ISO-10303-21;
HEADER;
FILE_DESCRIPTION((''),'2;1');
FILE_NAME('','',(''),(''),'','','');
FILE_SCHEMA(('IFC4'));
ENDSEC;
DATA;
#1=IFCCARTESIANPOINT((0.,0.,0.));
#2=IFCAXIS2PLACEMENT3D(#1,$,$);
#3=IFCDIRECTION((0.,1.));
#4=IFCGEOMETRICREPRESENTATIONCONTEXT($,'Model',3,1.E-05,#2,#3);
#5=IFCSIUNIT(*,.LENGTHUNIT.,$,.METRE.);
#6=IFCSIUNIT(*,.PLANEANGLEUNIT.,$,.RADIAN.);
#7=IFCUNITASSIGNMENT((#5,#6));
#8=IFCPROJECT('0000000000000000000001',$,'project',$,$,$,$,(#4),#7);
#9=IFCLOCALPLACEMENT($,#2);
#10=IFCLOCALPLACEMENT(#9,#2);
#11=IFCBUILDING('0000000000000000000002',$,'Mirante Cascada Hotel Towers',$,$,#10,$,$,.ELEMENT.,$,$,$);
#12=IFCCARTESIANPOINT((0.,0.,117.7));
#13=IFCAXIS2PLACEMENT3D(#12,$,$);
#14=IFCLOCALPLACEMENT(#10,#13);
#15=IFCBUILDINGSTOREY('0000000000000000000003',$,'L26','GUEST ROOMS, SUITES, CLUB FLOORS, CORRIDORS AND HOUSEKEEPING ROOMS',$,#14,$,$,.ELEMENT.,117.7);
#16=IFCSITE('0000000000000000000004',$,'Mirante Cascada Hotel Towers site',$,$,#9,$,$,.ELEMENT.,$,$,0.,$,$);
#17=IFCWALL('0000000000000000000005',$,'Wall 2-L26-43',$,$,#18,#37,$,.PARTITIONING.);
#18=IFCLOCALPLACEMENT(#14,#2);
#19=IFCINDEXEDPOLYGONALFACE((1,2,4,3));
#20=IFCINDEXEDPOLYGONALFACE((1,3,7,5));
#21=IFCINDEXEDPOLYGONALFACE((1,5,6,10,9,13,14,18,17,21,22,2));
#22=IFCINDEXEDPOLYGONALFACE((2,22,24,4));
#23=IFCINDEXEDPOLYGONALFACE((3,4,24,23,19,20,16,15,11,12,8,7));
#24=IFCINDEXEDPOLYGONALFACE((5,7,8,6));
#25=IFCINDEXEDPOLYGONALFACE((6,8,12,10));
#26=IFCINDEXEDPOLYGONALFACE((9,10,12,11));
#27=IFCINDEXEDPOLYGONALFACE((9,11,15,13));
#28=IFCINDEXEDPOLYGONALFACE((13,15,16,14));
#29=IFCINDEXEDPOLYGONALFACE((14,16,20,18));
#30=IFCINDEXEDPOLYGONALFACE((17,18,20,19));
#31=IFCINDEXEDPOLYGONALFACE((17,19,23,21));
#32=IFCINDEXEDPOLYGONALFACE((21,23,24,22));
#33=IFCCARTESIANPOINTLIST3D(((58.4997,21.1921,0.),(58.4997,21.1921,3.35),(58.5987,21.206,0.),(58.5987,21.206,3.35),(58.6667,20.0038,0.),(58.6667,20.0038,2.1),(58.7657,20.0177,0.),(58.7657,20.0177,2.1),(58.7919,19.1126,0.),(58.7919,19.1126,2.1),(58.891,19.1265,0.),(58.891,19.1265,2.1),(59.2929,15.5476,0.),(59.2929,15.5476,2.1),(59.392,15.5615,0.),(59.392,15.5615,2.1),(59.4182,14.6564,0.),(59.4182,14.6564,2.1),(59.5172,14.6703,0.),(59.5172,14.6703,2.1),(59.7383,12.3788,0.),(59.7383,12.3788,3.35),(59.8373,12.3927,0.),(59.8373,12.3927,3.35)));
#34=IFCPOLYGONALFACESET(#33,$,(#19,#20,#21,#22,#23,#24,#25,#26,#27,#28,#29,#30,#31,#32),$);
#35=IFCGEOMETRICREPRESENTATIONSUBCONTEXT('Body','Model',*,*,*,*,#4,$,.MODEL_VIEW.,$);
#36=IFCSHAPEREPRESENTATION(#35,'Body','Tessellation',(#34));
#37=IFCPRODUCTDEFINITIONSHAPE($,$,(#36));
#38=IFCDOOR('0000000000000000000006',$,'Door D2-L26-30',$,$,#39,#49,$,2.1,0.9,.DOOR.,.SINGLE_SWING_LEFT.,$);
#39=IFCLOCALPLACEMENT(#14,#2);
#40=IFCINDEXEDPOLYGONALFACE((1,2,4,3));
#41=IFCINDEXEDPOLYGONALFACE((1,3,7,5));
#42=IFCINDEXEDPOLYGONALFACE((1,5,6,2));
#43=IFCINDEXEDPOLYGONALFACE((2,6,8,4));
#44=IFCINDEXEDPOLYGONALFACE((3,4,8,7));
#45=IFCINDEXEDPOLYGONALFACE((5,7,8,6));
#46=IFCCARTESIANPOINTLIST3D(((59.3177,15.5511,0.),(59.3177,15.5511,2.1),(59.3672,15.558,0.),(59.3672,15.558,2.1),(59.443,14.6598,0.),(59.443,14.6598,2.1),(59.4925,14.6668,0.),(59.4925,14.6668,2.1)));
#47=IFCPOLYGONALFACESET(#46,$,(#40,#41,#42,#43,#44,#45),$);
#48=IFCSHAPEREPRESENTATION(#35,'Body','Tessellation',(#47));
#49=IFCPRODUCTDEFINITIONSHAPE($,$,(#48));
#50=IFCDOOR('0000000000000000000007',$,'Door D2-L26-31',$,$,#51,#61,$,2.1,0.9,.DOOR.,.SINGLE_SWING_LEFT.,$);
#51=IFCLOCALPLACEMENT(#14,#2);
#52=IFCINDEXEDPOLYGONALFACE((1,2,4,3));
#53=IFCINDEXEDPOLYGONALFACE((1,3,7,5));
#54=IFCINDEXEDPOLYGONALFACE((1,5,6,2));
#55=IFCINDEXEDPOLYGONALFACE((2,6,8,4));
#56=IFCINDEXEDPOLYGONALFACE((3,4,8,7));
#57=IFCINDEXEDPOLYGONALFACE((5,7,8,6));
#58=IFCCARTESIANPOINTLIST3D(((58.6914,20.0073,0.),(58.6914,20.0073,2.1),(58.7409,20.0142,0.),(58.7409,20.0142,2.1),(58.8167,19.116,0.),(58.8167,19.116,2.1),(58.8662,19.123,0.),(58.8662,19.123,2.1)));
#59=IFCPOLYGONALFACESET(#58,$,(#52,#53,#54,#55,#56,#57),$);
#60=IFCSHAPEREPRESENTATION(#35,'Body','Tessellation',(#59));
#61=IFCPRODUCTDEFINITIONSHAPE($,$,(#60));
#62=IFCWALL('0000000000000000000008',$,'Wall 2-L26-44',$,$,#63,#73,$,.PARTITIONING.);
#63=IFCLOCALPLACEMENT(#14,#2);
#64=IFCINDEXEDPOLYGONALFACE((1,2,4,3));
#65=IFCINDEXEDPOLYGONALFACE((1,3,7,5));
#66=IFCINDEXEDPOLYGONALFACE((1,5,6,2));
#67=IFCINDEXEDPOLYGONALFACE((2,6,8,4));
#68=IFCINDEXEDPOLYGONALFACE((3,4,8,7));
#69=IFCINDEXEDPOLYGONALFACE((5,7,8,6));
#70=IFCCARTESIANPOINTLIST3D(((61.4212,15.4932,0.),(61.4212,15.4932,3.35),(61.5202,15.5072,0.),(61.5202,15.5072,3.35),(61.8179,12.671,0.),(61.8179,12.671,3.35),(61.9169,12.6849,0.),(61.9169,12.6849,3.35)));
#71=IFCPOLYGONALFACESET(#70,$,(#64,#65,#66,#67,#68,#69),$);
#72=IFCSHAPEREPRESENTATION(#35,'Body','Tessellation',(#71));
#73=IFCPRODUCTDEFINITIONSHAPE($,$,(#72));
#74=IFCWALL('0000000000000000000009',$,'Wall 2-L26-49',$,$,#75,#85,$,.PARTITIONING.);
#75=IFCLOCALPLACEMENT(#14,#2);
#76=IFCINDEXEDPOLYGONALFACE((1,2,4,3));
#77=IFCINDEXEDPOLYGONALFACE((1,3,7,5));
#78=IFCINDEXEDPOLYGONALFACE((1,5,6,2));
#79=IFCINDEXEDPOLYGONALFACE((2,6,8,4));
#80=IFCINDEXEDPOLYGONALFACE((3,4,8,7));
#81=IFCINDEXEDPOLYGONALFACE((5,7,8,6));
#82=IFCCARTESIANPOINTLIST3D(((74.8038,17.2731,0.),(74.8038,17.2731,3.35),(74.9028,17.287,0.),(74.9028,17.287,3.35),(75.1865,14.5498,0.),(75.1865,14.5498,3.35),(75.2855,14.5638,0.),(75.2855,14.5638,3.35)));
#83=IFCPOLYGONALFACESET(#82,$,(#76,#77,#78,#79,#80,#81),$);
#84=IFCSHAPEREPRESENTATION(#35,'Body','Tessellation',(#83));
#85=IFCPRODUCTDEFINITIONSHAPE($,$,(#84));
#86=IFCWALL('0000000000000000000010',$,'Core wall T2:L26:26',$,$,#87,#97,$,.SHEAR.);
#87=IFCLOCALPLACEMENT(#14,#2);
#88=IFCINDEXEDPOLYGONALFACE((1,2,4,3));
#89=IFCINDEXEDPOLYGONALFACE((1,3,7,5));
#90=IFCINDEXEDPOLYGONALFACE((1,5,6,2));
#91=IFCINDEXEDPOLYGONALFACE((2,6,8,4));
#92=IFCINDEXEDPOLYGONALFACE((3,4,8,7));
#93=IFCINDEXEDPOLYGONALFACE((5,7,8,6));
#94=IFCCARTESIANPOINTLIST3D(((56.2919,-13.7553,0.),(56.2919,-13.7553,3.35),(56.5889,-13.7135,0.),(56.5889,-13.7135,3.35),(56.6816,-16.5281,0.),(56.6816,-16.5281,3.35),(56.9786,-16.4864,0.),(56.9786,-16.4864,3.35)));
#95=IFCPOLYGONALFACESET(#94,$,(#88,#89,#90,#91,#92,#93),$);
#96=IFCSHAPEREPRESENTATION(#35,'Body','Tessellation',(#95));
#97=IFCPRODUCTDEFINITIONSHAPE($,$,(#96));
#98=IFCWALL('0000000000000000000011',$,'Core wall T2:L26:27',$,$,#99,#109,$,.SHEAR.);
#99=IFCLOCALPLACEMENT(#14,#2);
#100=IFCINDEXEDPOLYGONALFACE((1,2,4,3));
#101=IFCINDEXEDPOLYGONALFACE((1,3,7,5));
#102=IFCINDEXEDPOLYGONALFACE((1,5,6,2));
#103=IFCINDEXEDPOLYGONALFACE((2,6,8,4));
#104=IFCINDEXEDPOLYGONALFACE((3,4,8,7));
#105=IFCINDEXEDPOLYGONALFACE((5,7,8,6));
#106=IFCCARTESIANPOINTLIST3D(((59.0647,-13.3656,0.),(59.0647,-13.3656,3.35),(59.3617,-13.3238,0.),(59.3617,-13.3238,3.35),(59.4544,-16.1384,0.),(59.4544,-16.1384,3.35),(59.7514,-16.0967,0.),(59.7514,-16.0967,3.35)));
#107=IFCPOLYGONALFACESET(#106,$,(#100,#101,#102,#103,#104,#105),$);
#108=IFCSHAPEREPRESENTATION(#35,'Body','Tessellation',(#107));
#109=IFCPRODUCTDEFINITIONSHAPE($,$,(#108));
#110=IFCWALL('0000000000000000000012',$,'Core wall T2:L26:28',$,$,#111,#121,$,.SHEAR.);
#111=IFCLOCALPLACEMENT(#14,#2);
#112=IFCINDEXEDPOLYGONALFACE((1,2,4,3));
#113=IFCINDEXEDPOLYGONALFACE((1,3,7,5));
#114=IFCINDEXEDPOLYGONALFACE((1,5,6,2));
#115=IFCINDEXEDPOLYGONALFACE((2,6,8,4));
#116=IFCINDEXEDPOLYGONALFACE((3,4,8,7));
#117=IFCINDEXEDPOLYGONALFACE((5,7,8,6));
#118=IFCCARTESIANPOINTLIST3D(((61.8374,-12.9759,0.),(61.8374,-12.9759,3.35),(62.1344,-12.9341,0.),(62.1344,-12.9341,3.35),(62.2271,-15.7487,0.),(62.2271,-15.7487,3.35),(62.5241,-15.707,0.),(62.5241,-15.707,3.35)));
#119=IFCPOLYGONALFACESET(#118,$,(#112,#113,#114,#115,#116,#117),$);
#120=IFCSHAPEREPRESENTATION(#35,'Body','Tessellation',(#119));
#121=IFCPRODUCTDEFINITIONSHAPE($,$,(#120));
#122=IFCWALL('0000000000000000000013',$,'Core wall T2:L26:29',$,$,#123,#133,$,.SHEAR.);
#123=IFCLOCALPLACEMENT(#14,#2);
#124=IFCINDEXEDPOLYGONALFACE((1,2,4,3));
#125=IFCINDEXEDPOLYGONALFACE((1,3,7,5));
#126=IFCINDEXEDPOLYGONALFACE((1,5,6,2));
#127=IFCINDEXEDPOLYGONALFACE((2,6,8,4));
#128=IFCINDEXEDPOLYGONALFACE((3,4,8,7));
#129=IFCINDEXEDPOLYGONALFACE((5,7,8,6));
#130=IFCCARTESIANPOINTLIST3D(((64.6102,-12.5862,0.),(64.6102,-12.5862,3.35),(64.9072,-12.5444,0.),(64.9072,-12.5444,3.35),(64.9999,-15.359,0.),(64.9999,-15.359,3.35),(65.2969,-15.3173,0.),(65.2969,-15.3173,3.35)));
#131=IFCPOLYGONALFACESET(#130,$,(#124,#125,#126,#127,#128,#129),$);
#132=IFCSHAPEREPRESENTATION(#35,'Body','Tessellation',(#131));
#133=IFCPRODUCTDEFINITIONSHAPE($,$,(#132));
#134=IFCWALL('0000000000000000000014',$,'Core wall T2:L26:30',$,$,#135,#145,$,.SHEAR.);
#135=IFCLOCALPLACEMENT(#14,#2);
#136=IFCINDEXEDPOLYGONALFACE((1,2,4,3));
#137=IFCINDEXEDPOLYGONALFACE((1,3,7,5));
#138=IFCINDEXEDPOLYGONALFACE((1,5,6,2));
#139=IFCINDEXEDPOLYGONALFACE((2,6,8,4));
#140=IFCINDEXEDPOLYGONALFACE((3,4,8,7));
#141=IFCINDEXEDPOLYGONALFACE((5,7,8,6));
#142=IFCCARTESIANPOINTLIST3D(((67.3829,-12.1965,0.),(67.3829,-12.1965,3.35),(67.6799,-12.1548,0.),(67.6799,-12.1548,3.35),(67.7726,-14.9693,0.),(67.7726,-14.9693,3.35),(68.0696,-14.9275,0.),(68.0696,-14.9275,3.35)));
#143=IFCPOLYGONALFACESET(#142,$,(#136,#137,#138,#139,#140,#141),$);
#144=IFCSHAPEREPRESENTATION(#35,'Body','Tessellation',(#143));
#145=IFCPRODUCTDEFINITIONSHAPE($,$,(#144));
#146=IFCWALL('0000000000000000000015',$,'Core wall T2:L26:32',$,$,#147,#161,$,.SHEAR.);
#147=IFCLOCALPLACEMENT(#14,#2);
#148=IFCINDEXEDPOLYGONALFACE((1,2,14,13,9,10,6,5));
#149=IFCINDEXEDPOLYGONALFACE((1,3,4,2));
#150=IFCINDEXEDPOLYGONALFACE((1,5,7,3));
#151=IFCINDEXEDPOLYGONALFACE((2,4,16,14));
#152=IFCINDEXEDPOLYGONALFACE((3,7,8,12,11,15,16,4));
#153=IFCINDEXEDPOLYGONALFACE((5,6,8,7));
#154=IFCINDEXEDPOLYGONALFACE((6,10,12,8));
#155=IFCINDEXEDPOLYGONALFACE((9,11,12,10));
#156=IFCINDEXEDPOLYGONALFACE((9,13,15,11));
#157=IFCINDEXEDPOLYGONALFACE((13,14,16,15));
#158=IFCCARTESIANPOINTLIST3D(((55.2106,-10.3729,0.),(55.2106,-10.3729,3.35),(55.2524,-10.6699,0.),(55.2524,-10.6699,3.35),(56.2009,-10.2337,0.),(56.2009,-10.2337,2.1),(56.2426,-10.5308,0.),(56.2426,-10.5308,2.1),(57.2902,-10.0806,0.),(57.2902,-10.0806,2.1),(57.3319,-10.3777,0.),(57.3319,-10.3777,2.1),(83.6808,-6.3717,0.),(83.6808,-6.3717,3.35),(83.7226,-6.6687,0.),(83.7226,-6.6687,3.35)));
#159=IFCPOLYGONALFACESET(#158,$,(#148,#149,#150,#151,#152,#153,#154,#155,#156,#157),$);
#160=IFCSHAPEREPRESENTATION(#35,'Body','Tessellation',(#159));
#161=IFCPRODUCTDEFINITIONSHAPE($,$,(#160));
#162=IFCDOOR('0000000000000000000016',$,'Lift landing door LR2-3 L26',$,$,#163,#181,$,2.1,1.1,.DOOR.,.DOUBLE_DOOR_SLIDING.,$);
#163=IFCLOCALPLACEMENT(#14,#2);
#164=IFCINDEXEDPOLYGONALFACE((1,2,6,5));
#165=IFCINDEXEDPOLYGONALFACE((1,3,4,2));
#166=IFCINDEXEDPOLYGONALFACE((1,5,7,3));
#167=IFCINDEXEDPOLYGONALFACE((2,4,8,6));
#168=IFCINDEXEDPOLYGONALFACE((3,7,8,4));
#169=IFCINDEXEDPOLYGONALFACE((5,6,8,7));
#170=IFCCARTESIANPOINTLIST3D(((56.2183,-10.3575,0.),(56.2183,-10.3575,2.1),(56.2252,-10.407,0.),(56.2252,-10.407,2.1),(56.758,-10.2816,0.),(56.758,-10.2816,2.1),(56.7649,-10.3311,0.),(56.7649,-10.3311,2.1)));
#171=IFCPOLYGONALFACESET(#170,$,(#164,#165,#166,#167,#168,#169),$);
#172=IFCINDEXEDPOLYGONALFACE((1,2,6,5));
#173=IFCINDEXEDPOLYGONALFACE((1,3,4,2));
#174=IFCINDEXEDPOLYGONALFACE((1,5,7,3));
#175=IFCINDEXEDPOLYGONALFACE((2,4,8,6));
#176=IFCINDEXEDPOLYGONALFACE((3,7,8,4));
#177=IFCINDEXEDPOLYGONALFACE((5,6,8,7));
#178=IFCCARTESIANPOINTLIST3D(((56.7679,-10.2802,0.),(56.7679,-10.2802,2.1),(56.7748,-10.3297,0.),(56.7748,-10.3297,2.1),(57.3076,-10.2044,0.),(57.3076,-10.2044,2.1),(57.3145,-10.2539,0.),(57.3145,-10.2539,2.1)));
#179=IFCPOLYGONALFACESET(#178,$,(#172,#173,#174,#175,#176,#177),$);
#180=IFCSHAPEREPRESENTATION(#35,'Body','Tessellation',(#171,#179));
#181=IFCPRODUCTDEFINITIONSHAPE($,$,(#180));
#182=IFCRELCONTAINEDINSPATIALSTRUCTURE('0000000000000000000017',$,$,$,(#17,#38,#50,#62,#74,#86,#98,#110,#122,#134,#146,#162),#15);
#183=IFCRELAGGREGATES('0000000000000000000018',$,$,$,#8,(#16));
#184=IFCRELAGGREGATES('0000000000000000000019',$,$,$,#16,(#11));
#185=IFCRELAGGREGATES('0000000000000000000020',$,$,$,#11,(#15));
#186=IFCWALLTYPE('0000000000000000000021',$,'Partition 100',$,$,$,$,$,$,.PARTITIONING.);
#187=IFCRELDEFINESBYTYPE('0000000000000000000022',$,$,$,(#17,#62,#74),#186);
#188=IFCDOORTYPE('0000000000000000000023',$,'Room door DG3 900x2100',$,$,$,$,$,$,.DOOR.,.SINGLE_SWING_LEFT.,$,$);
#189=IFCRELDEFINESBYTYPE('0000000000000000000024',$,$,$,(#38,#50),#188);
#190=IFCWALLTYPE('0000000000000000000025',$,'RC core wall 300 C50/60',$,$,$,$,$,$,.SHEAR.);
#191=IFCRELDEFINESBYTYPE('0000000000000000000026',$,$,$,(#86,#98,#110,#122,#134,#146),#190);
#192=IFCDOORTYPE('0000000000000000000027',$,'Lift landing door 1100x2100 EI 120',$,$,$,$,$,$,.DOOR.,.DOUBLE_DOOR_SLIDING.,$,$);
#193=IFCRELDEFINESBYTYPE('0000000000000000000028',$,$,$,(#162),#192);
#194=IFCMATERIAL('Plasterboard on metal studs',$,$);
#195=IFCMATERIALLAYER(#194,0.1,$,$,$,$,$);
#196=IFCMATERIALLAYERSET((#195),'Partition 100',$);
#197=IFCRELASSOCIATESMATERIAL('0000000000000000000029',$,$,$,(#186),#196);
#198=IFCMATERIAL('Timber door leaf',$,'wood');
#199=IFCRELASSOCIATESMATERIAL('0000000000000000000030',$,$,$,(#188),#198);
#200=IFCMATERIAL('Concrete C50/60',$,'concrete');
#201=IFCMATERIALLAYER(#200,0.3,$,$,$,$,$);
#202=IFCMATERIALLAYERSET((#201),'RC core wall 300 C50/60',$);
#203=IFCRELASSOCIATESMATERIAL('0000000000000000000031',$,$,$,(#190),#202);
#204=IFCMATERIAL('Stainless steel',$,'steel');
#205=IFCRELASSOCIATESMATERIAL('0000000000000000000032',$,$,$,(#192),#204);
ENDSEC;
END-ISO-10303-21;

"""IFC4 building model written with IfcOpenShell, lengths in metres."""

from ifc_helpers import new_model, si_unit, direction, frame, frame_2d, origin, place, context, subcontext, project, spatial, rectangle, extrude, material, layer, layer_set, type_object, element, fill, save


model = new_model("IFC4")

# Units and contexts
model_context = context("Model", 3, precision=1e-05, world=origin(), true_north=direction((0.0, 1.0)))
body_context = subcontext(model_context, "Body", "Model", "MODEL_VIEW")
ifc_project = project(units=[si_unit("LENGTHUNIT", "METRE"), si_unit("PLANEANGLEUNIT", "RADIAN")], contexts=[model_context])

# Site, building, storey
site_placement = place(None, origin())
site = spatial("IfcSite", under=ifc_project, at=site_placement, Name="Mirante Cascada Hotel Towers site", CompositionType="ELEMENT", RefElevation=0.0)
building_placement = place(site_placement, origin())
building = spatial("IfcBuilding", under=site, at=building_placement, Name="Mirante Cascada Hotel Towers", CompositionType="ELEMENT")
storey_placement = place(building_placement, frame((0.0, 0.0, 117.7)))
storey = spatial("IfcBuildingStorey", under=building, at=storey_placement, Name="L26", Description="GUEST ROOMS, SUITES, CLUB FLOORS, CORRIDORS AND HOUSEKEEPING ROOMS", CompositionType="ELEMENT", Elevation=117.7)

# Wall, openings, doors
ifc_material_1 = material(Name="Plasterboard on metal studs")
ifc_layer_1 = layer(ifc_material_1, 0.1)
ifc_layer_set_1 = layer_set([ifc_layer_1], Name="Partition 100")
wall_type_1 = type_object("IfcWallType", Name="Partition 100", PredefinedType="PARTITIONING", material=ifc_layer_set_1)
wall_1_placement = place(storey_placement, frame((59.7878, 12.3857, 0.0), z_axis=(0.0, 0.0, 1.0), x_axis=(-0.13917, 0.990268, 0.0)))
wall_1 = element("IfcWall", 1, at=wall_1_placement, inside=storey, type_object=wall_type_1, Name="Wall 2-L26-43", PredefinedType="PARTITIONING", context=body_context, shape_type="SweptSolid", body=[
    extrude(rectangle(XDim=8.8999, YDim=0.1, at=frame_2d((4.45, 0.0))), origin(), (0.0, 0.0, 1.0), 3.35),
])
opening_1_placement = place(wall_1_placement, frame((2.3, 0.0, 0.0)))
opening_1 = element("IfcOpeningElement", 2, at=opening_1_placement, cuts=wall_1, PredefinedType="OPENING", context=body_context, shape_type="SweptSolid", body=[
    extrude(rectangle(XDim=0.9, YDim=2.1, at=frame_2d((0.45, 1.05))), frame((0.0, 0.05, 0.0), z_axis=(0.0, -1.0, 0.0), x_axis=(1.0, 0.0, 0.0)), (0.0, 0.0, 1.0), 0.1),
])
opening_2_placement = place(wall_1_placement, frame((6.8, 0.0, 0.0)))
opening_2 = element("IfcOpeningElement", 3, at=opening_2_placement, cuts=wall_1, PredefinedType="OPENING", context=body_context, shape_type="SweptSolid", body=[
    extrude(rectangle(XDim=0.9, YDim=2.1, at=frame_2d((0.45, 1.05))), frame((0.0, 0.05, 0.0), z_axis=(0.0, -1.0, 0.0), x_axis=(1.0, 0.0, 0.0)), (0.0, 0.0, 1.0), 0.1),
])
ifc_material_2 = material(Name="Timber door leaf", Category="wood")
door_type_1 = type_object("IfcDoorType", Name="Room door DG3 900x2100", OperationType="SINGLE_SWING_LEFT", PredefinedType="DOOR", material=ifc_material_2)
door_1_placement = place(opening_1_placement, origin())
door_1 = element("IfcDoor", 4, at=door_1_placement, inside=storey, type_object=door_type_1, Name="Door D2-L26-30", OperationType="SINGLE_SWING_LEFT", OverallHeight=2.1, OverallWidth=0.9, PredefinedType="DOOR", context=body_context, shape_type="SweptSolid", body=[
    extrude(rectangle(XDim=0.9, YDim=2.1, at=frame_2d((0.45, 1.05))), frame((0.0, 0.025, 0.0), z_axis=(0.0, -1.0, 0.0), x_axis=(1.0, 0.0, 0.0)), (0.0, 0.0, 1.0), 0.05),
])
fill(opening_1, door_1)
door_2_placement = place(opening_2_placement, origin())
door_2 = element("IfcDoor", 5, at=door_2_placement, inside=storey, type_object=door_type_1, Name="Door D2-L26-31", OperationType="SINGLE_SWING_LEFT", OverallHeight=2.1, OverallWidth=0.9, PredefinedType="DOOR", context=body_context, shape_type="SweptSolid", body=[
    extrude(rectangle(XDim=0.9, YDim=2.1, at=frame_2d((0.45, 1.05))), frame((0.0, 0.025, 0.0), z_axis=(0.0, -1.0, 0.0), x_axis=(1.0, 0.0, 0.0)), (0.0, 0.0, 1.0), 0.05),
])
fill(opening_2, door_2)

# Walls
wall_2_placement = place(storey_placement, frame((61.4707, 15.5002, 0.0), z_axis=(0.0, 0.0, 1.0), x_axis=(0.139191, -0.990266, 0.0)))
element("IfcWall", 6, at=wall_2_placement, inside=storey, type_object=wall_type_1, Name="Wall 2-L26-44", PredefinedType="PARTITIONING", context=body_context, shape_type="SweptSolid", body=[
    extrude(rectangle(XDim=2.85, YDim=0.1, at=frame_2d((1.425, 0.0))), origin(), (0.0, 0.0, 1.0), 3.35),
])
wall_3_placement = place(storey_placement, frame((75.236, 14.5568, 0.0), z_axis=(0.0, 0.0, 1.0), x_axis=(-0.139166, 0.990269, 0.0)))
element("IfcWall", 7, at=wall_3_placement, inside=storey, type_object=wall_type_1, Name="Wall 2-L26-49", PredefinedType="PARTITIONING", context=body_context, shape_type="SweptSolid", body=[
    extrude(rectangle(XDim=2.75, YDim=0.1, at=frame_2d((1.375, 0.0))), origin(), (0.0, 0.0, 1.0), 3.35),
])
ifc_material_3 = material(Name="Concrete C50/60", Category="concrete")
ifc_layer_2 = layer(ifc_material_3, 0.3)
ifc_layer_set_2 = layer_set([ifc_layer_2], Name="RC core wall 300 C50/60")
wall_type_2 = type_object("IfcWallType", Name="RC core wall 300 C50/60", PredefinedType="SHEAR", material=ifc_layer_set_2)
for number, where, z_axis, x_axis, name in (
    (8, (56.8301, -16.5072, 0.0), (0.0, 0.0, 1.0), (-0.139176, 0.990268, 0.0), "Core wall T2:L26:26"),
    (9, (59.6029, -16.1175, 0.0), (0.0, 0.0, 1.0), (-0.139176, 0.990268, 0.0), "Core wall T2:L26:27"),
    (10, (62.3756, -15.7278, 0.0), (0.0, 0.0, 1.0), (-0.139176, 0.990268, 0.0), "Core wall T2:L26:28"),
    (11, (65.1484, -15.3381, 0.0), (0.0, 0.0, 1.0), (-0.139176, 0.990268, 0.0), "Core wall T2:L26:29"),
):
    element("IfcWall", number, at=place(storey_placement, frame(where, z_axis=z_axis, x_axis=x_axis)), inside=storey, type_object=wall_type_2, Name=name, PredefinedType="SHEAR", context=body_context, shape_type="SweptSolid", body=[
        extrude(rectangle(XDim=2.8001, YDim=0.3, at=frame_2d((1.4, 0.0))), origin(), (0.0, 0.0, 1.0), 3.35),
    ])
wall_4_placement = place(storey_placement, frame((67.9211, -14.9484, 0.0), z_axis=(0.0, 0.0, 1.0), x_axis=(-0.139181, 0.990267, 0.0)))
element("IfcWall", 12, at=wall_4_placement, inside=storey, type_object=wall_type_2, Name="Core wall T2:L26:30", PredefinedType="SHEAR", context=body_context, shape_type="SweptSolid", body=[
    extrude(rectangle(XDim=2.8, YDim=0.3, at=frame_2d((1.4, 0.0))), origin(), (0.0, 0.0, 1.0), 3.35),
])

# Wall, opening, door
wall_5_placement = place(storey_placement, frame((55.2315, -10.5214, 0.0), z_axis=(0.0, 0.0, 1.0), x_axis=(0.990268, 0.139172, 0.0)))
wall_5 = element("IfcWall", 13, at=wall_5_placement, inside=storey, type_object=wall_type_2, Name="Core wall T2:L26:32", PredefinedType="SHEAR", context=body_context, shape_type="SweptSolid", body=[
    extrude(rectangle(XDim=28.75, YDim=0.3, at=frame_2d((14.375, 0.0))), origin(), (0.0, 0.0, 1.0), 3.35),
])
opening_3_placement = place(wall_5_placement, frame((1.0, 0.0, 0.0)))
opening_3 = element("IfcOpeningElement", 14, at=opening_3_placement, cuts=wall_5, PredefinedType="OPENING", context=body_context, shape_type="SweptSolid", body=[
    extrude(rectangle(XDim=1.1, YDim=2.1, at=frame_2d((0.55, 1.05))), frame((0.0, 0.15, 0.0), z_axis=(0.0, -1.0, 0.0), x_axis=(1.0, 0.0, 0.0)), (0.0, 0.0, 1.0), 0.3),
])
ifc_material_4 = material(Name="Stainless steel", Category="steel")
door_type_2 = type_object("IfcDoorType", Name="Lift landing door 1100x2100 EI 120", OperationType="DOUBLE_DOOR_SLIDING", PredefinedType="DOOR", material=ifc_material_4)
door_3_placement = place(opening_3_placement, origin())
door_3 = element("IfcDoor", 15, at=door_3_placement, inside=storey, type_object=door_type_2, Name="Lift landing door LR2-3 L26", OperationType="DOUBLE_DOOR_SLIDING", OverallHeight=2.1, OverallWidth=1.1, PredefinedType="DOOR", context=body_context, shape_type="SweptSolid", body=[
    extrude(rectangle(XDim=0.545, YDim=2.1, at=frame_2d((0.2725, 1.05))), frame((0.0, 0.025, 0.0), z_axis=(0.0, -1.0, 0.0), x_axis=(1.0, 0.0, 0.0)), (0.0, 0.0, 1.0), 0.05),
    extrude(rectangle(XDim=0.545, YDim=2.1, at=frame_2d((0.8275, 1.05))), frame((0.0, 0.025, 0.0), z_axis=(0.0, -1.0, 0.0), x_axis=(1.0, 0.0, 0.0)), (0.0, 0.0, 1.0), 0.05),
])
fill(opening_3, door_3)

save(model, "model.ifc")
